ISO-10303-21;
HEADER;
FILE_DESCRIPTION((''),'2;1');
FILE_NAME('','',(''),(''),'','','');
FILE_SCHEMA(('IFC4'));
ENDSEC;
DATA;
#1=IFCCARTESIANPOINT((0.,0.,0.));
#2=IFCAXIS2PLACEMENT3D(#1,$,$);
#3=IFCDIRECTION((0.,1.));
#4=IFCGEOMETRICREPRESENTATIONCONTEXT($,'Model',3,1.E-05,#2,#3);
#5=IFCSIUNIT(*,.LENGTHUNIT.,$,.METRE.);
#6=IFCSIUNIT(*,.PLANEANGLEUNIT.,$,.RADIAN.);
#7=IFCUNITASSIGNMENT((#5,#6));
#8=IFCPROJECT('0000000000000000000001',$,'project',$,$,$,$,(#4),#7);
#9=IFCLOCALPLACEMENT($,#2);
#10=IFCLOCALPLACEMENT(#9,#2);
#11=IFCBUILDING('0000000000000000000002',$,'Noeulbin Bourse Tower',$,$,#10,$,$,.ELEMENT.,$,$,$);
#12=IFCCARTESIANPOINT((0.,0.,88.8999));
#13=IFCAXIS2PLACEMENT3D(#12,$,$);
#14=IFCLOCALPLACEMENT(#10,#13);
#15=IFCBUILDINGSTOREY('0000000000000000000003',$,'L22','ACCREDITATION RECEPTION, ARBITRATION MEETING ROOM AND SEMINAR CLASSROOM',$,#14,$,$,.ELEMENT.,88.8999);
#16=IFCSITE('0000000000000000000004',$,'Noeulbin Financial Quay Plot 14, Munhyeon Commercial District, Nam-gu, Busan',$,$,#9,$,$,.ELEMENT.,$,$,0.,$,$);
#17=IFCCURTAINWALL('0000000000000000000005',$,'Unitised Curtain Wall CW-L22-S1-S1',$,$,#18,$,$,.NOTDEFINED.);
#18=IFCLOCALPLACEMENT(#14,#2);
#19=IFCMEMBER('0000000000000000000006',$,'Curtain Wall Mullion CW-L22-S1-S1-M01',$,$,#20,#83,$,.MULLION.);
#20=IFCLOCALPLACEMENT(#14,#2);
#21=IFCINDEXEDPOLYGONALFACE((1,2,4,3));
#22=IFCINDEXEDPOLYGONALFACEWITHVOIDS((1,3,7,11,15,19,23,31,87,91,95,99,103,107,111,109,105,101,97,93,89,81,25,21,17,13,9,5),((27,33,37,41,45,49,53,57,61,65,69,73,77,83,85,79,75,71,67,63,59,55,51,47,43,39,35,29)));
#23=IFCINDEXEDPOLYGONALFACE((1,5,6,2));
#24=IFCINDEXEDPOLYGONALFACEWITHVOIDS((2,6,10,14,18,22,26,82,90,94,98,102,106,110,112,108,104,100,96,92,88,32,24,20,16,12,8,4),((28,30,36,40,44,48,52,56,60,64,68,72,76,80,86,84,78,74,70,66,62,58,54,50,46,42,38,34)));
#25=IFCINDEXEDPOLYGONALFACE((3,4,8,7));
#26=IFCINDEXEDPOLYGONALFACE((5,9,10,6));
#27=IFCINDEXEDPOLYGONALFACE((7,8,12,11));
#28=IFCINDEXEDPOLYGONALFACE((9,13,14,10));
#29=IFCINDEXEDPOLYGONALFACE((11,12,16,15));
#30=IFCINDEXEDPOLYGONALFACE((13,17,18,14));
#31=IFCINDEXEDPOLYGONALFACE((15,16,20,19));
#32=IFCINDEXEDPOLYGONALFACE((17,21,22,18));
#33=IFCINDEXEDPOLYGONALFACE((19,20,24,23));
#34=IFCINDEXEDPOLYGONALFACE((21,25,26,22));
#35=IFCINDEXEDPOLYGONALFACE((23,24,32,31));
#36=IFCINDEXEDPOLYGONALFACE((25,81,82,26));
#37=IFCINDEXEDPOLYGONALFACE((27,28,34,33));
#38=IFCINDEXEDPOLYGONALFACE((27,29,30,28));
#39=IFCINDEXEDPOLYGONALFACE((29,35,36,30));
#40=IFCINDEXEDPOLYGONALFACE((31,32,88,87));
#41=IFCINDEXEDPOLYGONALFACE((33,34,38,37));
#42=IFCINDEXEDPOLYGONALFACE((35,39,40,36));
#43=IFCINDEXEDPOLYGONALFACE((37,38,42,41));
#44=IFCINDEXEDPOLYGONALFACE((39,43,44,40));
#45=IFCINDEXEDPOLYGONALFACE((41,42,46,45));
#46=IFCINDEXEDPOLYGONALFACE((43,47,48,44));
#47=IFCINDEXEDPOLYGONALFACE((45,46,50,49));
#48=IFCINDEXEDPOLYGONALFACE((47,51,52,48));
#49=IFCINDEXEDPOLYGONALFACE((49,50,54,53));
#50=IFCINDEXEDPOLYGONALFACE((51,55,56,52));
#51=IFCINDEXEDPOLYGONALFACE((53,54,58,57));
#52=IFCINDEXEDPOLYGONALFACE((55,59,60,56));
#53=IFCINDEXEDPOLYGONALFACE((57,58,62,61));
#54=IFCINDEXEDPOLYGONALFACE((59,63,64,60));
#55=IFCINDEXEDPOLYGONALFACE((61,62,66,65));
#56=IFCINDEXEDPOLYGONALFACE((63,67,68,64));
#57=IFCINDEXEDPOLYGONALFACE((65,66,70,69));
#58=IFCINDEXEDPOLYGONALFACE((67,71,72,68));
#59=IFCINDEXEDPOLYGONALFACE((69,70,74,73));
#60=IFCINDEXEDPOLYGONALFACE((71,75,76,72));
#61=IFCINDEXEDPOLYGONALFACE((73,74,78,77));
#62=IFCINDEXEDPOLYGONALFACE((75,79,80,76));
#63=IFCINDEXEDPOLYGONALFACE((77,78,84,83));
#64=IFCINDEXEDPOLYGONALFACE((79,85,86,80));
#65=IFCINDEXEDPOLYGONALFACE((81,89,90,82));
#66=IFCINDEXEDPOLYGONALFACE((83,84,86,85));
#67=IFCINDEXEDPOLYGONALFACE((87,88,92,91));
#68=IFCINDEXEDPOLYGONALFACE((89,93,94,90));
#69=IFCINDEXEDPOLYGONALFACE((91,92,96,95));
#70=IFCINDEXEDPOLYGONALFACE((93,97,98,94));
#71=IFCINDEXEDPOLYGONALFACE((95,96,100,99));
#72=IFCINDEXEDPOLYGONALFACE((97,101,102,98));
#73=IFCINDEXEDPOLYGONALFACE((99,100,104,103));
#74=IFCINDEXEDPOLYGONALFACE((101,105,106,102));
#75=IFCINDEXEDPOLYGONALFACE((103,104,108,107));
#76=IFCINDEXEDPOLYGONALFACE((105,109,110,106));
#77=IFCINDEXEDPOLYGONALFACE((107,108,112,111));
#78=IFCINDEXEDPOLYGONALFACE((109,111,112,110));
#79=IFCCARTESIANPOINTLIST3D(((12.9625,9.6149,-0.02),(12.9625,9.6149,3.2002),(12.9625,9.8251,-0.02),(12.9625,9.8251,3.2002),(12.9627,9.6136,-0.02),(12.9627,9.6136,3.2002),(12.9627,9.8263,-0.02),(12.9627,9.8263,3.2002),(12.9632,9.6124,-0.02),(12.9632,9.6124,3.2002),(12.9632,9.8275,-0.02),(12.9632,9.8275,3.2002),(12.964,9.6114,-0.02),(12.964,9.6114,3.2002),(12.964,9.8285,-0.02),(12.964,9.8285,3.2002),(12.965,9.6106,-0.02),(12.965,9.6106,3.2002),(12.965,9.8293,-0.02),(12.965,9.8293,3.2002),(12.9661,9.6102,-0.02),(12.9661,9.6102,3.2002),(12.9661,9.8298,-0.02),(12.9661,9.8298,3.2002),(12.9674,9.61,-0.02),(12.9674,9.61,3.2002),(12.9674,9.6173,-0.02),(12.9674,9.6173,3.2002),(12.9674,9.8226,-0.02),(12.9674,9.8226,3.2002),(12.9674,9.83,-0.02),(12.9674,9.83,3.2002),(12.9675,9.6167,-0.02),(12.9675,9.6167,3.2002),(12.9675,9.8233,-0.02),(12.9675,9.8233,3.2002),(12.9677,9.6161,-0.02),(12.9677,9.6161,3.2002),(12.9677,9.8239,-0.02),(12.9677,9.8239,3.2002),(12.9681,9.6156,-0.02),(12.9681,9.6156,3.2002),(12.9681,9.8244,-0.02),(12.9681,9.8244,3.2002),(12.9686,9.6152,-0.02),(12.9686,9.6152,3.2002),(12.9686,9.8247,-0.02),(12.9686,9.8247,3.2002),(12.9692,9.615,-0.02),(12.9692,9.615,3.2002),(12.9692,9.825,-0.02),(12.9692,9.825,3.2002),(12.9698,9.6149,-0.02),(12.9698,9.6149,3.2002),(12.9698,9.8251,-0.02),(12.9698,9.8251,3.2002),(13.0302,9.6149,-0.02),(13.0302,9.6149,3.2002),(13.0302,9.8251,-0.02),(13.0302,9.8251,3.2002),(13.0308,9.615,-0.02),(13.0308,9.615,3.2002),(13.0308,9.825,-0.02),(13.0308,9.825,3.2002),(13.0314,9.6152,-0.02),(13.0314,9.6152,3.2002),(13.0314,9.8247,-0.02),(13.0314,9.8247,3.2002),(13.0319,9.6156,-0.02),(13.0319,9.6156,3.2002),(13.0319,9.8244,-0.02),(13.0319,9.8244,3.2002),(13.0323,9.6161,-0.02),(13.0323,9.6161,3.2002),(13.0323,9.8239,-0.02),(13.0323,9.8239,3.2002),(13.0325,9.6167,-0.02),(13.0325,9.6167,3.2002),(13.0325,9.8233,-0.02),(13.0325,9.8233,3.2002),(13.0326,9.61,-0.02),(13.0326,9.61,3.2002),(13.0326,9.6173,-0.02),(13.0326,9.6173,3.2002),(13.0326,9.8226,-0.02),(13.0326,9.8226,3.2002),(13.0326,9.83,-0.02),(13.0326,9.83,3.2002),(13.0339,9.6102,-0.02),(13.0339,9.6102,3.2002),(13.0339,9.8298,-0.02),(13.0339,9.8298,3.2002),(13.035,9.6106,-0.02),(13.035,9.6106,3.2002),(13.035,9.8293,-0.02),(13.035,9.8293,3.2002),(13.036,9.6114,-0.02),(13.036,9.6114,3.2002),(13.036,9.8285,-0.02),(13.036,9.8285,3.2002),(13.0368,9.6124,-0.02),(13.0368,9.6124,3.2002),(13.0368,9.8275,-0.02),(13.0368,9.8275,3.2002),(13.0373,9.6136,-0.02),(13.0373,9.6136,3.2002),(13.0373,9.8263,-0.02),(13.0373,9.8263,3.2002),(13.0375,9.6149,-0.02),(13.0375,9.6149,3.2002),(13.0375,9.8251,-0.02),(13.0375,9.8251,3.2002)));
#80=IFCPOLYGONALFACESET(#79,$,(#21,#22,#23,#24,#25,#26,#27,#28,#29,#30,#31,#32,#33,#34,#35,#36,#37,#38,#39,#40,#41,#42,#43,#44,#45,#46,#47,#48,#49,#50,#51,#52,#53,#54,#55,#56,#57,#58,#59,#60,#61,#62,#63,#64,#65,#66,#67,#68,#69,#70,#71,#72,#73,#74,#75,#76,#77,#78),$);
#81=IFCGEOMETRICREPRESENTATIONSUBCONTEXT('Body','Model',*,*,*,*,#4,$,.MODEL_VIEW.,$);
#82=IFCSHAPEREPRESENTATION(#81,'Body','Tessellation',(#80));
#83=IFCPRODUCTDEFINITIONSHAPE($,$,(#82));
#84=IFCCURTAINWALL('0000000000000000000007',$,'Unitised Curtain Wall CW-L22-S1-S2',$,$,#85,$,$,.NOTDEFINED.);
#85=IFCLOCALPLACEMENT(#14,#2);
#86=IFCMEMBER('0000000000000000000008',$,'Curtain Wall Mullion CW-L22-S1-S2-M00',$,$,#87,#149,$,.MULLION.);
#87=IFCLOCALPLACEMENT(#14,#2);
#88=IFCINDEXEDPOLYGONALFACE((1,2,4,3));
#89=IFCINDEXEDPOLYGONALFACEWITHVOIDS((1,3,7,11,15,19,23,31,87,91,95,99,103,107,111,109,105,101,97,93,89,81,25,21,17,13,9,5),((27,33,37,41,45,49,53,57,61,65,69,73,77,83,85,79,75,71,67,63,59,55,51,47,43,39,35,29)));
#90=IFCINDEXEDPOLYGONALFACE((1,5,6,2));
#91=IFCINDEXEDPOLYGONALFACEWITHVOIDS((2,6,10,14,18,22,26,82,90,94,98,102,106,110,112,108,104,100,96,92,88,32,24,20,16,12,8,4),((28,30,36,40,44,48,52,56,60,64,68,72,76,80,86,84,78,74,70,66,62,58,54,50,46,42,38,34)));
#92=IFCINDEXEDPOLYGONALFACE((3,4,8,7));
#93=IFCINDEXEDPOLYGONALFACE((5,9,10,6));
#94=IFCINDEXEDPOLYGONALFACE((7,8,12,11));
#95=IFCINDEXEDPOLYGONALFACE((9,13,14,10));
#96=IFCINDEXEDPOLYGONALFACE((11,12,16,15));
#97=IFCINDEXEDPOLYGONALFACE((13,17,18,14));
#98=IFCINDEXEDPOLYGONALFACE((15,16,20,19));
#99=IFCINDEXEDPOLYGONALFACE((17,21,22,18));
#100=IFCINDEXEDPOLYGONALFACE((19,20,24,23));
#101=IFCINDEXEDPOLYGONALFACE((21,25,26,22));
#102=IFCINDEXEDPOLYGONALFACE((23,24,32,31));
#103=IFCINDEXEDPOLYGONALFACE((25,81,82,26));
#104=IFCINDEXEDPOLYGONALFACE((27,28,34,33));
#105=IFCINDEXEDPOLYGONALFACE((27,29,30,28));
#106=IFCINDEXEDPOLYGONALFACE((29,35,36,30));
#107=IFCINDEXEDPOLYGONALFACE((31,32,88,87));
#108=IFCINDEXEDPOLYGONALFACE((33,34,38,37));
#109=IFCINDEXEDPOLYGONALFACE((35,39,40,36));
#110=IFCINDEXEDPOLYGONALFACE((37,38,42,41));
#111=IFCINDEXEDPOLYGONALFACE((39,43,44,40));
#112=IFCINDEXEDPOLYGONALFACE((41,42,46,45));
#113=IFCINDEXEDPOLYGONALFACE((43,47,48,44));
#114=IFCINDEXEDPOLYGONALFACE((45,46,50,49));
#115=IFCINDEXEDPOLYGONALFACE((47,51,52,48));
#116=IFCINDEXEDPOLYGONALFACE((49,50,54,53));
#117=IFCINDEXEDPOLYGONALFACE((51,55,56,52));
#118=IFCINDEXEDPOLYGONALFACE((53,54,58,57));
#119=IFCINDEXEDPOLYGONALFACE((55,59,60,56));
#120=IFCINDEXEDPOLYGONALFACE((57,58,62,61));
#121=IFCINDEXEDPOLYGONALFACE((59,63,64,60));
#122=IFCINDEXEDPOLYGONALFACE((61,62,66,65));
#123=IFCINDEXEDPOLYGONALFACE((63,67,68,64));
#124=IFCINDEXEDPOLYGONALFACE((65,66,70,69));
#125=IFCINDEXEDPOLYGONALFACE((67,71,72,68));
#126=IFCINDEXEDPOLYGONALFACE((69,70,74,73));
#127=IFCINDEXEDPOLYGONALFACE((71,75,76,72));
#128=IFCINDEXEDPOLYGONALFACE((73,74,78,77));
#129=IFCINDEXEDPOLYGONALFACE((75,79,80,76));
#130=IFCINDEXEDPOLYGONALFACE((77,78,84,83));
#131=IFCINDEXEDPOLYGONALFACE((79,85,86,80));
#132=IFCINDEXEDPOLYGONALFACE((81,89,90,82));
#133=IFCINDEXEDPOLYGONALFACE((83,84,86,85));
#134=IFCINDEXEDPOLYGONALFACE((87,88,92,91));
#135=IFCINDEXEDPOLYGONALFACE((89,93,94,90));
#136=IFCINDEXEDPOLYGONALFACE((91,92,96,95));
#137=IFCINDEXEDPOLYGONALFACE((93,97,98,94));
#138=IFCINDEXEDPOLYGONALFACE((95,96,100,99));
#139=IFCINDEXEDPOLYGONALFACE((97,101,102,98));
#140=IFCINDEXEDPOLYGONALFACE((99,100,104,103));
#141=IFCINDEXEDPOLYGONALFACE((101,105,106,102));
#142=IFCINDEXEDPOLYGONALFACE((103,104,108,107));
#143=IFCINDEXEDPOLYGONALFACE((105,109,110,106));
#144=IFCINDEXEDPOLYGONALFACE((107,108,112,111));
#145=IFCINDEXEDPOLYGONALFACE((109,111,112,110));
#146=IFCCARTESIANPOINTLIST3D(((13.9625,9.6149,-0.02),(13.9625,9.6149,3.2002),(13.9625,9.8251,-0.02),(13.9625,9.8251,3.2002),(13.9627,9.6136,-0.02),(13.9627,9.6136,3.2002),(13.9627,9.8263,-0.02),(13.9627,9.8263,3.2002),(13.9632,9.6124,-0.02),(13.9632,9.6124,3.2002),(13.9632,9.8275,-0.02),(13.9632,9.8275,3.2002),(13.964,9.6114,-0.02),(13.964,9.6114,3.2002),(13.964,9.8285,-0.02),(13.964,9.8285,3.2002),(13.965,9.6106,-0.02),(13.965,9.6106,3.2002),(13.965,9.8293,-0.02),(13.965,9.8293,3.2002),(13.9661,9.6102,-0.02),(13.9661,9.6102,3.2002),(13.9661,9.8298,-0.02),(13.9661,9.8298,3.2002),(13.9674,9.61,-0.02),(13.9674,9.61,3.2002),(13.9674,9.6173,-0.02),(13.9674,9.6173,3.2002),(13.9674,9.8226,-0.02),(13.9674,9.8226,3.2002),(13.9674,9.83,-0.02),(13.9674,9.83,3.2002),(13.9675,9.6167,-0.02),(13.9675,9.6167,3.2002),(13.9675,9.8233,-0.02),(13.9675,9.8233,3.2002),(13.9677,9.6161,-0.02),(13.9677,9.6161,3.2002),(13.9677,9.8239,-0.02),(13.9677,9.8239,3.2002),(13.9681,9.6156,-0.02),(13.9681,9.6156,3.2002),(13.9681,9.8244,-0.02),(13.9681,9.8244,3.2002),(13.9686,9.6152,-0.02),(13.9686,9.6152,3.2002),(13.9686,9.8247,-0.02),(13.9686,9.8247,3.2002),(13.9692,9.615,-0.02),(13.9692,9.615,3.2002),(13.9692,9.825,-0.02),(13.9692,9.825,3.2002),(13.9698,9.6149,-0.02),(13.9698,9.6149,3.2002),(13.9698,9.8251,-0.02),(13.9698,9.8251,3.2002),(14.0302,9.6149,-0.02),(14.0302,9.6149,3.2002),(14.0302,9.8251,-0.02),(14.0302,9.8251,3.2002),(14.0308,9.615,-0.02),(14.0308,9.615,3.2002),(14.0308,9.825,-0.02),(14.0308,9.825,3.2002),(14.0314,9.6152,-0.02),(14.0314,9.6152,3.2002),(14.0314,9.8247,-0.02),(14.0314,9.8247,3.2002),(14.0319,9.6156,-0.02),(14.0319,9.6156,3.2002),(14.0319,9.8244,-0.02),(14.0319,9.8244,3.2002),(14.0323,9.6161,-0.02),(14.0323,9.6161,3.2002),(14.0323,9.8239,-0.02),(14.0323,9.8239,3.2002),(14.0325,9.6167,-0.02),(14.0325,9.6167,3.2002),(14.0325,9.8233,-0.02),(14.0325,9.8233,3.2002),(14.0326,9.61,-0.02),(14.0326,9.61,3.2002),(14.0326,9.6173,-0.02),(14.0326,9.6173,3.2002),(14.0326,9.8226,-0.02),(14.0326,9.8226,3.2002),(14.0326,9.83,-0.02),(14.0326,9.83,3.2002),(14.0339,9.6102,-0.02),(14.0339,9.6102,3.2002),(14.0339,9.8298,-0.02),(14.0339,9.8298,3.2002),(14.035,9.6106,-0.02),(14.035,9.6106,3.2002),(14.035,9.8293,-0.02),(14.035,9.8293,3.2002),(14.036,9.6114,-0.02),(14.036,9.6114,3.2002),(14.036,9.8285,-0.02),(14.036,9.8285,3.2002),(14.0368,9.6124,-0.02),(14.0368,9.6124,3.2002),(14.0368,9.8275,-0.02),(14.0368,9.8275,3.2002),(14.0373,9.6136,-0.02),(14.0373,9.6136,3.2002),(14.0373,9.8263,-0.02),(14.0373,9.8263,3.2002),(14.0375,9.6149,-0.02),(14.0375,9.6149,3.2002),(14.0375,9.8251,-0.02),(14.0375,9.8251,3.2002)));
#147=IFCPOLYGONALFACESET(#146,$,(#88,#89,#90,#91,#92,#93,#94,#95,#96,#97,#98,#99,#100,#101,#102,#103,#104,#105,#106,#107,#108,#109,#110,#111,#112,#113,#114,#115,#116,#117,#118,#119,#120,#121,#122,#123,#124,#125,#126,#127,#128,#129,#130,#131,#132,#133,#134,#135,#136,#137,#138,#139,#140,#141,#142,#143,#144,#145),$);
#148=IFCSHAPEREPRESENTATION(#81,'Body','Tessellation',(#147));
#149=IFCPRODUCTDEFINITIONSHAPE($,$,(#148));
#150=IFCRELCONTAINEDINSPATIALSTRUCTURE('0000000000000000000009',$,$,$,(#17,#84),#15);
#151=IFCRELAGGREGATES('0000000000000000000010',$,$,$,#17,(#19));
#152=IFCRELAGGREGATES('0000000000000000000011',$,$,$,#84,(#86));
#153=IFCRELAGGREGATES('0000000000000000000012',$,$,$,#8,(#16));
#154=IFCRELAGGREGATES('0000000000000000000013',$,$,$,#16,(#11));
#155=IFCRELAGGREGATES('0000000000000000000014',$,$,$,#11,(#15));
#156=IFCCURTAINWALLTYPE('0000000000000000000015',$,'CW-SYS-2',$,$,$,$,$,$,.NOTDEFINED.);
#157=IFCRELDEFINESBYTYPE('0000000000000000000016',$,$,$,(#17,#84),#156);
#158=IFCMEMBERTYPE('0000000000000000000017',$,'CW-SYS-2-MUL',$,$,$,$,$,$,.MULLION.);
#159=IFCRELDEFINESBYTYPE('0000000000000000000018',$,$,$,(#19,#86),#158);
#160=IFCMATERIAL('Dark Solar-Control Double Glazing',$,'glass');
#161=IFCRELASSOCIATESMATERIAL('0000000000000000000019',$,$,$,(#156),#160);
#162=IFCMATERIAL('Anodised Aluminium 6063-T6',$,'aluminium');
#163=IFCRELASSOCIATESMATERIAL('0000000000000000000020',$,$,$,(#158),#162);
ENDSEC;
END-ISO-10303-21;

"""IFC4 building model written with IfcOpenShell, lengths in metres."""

from ifc_helpers import new_model, si_unit, direction, frame, origin, origin_2d, place, context, subcontext, project, spatial, hollow_rectangle, extrude, material, material_profile, profile_set, type_object, element, aggregate, save


model = new_model("IFC4")

# Units and contexts
model_context = context("Model", 3, precision=1e-05, world=origin(), true_north=direction((0.0, 1.0)))
body_context = subcontext(model_context, "Body", "Model", "MODEL_VIEW")
ifc_project = project(units=[si_unit("LENGTHUNIT", "METRE"), si_unit("PLANEANGLEUNIT", "RADIAN")], contexts=[model_context])

# Site, building, storey
site_placement = place(None, origin())
site = spatial("IfcSite", under=ifc_project, at=site_placement, Name="Noeulbin Financial Quay Plot 14, Munhyeon Commercial District, Nam-gu, Busan", CompositionType="ELEMENT", RefElevation=0.0)
building_placement = place(site_placement, origin())
building = spatial("IfcBuilding", under=site, at=building_placement, Name="Noeulbin Bourse Tower", CompositionType="ELEMENT")
storey_placement = place(building_placement, frame((0.0, 0.0, 88.8999)))
storey = spatial("IfcBuildingStorey", under=building, at=storey_placement, Name="L22", Description="ACCREDITATION RECEPTION, ARBITRATION MEETING ROOM AND SEMINAR CLASSROOM", CompositionType="ELEMENT", Elevation=88.8999)

# Curtain wall, member
ifc_material_1 = material(Name="Dark Solar-Control Double Glazing", Category="glass")
curtain_wall_type = type_object("IfcCurtainWallType", Name="CW-SYS-2", PredefinedType="NOTDEFINED", material=ifc_material_1)
curtain_wall_1_placement = place(storey_placement, origin())
curtain_wall_1 = element("IfcCurtainWall", 1, at=curtain_wall_1_placement, inside=storey, type_object=curtain_wall_type, Name="Unitised Curtain Wall CW-L22-S1-S1", PredefinedType="NOTDEFINED")
ifc_material_2 = material(Name="Anodised Aluminium 6063-T6", Category="aluminium")
ifc_material_profile_1 = material_profile(ifc_material_2, hollow_rectangle(XDim=0.075, YDim=0.22, WallThickness=0.0049, InnerFilletRadius=0.0024, OuterFilletRadius=0.0049, at=origin_2d()), Name="ALU-MULL-75x220x5", Category="LoadBearing")
ifc_profile_set_1 = profile_set([ifc_material_profile_1], Name="Anodised Aluminium 6063-T6")
member_type_1 = type_object("IfcMemberType", Name="CW-SYS-2-MUL", PredefinedType="MULLION", material=ifc_profile_set_1)
member_1_placement = place(storey_placement, frame((13.0, 9.72, -0.02), z_axis=(0.0, 0.0, 1.0), x_axis=(1.0, 0.0, 0.0)))
member_1 = element("IfcMember", 2, at=member_1_placement, type_object=member_type_1, Name="Curtain Wall Mullion CW-L22-S1-S1-M01", PredefinedType="MULLION", context=body_context, shape_type="SweptSolid", body=[
    extrude(hollow_rectangle(XDim=0.075, YDim=0.22, WallThickness=0.0049, InnerFilletRadius=0.0024, OuterFilletRadius=0.0049, at=origin_2d()), origin(), (0.0, 0.0, 1.0), 3.2202),
])

# Curtain wall, member
curtain_wall_2_placement = place(storey_placement, origin())
curtain_wall_2 = element("IfcCurtainWall", 3, at=curtain_wall_2_placement, inside=storey, type_object=curtain_wall_type, Name="Unitised Curtain Wall CW-L22-S1-S2", PredefinedType="NOTDEFINED")
member_2_placement = place(storey_placement, frame((14.0, 9.72, -0.02), z_axis=(0.0, 0.0, 1.0), x_axis=(1.0, 0.0, 0.0)))
member_2 = element("IfcMember", 4, at=member_2_placement, type_object=member_type_1, Name="Curtain Wall Mullion CW-L22-S1-S2-M00", PredefinedType="MULLION", context=body_context, shape_type="SweptSolid", body=[
    extrude(hollow_rectangle(XDim=0.075, YDim=0.22, WallThickness=0.0049, InnerFilletRadius=0.0024, OuterFilletRadius=0.0049, at=origin_2d()), origin(), (0.0, 0.0, 1.0), 3.2202),
])

aggregate(curtain_wall_1, [member_1])
aggregate(curtain_wall_2, [member_2])

save(model, "model.ifc")
